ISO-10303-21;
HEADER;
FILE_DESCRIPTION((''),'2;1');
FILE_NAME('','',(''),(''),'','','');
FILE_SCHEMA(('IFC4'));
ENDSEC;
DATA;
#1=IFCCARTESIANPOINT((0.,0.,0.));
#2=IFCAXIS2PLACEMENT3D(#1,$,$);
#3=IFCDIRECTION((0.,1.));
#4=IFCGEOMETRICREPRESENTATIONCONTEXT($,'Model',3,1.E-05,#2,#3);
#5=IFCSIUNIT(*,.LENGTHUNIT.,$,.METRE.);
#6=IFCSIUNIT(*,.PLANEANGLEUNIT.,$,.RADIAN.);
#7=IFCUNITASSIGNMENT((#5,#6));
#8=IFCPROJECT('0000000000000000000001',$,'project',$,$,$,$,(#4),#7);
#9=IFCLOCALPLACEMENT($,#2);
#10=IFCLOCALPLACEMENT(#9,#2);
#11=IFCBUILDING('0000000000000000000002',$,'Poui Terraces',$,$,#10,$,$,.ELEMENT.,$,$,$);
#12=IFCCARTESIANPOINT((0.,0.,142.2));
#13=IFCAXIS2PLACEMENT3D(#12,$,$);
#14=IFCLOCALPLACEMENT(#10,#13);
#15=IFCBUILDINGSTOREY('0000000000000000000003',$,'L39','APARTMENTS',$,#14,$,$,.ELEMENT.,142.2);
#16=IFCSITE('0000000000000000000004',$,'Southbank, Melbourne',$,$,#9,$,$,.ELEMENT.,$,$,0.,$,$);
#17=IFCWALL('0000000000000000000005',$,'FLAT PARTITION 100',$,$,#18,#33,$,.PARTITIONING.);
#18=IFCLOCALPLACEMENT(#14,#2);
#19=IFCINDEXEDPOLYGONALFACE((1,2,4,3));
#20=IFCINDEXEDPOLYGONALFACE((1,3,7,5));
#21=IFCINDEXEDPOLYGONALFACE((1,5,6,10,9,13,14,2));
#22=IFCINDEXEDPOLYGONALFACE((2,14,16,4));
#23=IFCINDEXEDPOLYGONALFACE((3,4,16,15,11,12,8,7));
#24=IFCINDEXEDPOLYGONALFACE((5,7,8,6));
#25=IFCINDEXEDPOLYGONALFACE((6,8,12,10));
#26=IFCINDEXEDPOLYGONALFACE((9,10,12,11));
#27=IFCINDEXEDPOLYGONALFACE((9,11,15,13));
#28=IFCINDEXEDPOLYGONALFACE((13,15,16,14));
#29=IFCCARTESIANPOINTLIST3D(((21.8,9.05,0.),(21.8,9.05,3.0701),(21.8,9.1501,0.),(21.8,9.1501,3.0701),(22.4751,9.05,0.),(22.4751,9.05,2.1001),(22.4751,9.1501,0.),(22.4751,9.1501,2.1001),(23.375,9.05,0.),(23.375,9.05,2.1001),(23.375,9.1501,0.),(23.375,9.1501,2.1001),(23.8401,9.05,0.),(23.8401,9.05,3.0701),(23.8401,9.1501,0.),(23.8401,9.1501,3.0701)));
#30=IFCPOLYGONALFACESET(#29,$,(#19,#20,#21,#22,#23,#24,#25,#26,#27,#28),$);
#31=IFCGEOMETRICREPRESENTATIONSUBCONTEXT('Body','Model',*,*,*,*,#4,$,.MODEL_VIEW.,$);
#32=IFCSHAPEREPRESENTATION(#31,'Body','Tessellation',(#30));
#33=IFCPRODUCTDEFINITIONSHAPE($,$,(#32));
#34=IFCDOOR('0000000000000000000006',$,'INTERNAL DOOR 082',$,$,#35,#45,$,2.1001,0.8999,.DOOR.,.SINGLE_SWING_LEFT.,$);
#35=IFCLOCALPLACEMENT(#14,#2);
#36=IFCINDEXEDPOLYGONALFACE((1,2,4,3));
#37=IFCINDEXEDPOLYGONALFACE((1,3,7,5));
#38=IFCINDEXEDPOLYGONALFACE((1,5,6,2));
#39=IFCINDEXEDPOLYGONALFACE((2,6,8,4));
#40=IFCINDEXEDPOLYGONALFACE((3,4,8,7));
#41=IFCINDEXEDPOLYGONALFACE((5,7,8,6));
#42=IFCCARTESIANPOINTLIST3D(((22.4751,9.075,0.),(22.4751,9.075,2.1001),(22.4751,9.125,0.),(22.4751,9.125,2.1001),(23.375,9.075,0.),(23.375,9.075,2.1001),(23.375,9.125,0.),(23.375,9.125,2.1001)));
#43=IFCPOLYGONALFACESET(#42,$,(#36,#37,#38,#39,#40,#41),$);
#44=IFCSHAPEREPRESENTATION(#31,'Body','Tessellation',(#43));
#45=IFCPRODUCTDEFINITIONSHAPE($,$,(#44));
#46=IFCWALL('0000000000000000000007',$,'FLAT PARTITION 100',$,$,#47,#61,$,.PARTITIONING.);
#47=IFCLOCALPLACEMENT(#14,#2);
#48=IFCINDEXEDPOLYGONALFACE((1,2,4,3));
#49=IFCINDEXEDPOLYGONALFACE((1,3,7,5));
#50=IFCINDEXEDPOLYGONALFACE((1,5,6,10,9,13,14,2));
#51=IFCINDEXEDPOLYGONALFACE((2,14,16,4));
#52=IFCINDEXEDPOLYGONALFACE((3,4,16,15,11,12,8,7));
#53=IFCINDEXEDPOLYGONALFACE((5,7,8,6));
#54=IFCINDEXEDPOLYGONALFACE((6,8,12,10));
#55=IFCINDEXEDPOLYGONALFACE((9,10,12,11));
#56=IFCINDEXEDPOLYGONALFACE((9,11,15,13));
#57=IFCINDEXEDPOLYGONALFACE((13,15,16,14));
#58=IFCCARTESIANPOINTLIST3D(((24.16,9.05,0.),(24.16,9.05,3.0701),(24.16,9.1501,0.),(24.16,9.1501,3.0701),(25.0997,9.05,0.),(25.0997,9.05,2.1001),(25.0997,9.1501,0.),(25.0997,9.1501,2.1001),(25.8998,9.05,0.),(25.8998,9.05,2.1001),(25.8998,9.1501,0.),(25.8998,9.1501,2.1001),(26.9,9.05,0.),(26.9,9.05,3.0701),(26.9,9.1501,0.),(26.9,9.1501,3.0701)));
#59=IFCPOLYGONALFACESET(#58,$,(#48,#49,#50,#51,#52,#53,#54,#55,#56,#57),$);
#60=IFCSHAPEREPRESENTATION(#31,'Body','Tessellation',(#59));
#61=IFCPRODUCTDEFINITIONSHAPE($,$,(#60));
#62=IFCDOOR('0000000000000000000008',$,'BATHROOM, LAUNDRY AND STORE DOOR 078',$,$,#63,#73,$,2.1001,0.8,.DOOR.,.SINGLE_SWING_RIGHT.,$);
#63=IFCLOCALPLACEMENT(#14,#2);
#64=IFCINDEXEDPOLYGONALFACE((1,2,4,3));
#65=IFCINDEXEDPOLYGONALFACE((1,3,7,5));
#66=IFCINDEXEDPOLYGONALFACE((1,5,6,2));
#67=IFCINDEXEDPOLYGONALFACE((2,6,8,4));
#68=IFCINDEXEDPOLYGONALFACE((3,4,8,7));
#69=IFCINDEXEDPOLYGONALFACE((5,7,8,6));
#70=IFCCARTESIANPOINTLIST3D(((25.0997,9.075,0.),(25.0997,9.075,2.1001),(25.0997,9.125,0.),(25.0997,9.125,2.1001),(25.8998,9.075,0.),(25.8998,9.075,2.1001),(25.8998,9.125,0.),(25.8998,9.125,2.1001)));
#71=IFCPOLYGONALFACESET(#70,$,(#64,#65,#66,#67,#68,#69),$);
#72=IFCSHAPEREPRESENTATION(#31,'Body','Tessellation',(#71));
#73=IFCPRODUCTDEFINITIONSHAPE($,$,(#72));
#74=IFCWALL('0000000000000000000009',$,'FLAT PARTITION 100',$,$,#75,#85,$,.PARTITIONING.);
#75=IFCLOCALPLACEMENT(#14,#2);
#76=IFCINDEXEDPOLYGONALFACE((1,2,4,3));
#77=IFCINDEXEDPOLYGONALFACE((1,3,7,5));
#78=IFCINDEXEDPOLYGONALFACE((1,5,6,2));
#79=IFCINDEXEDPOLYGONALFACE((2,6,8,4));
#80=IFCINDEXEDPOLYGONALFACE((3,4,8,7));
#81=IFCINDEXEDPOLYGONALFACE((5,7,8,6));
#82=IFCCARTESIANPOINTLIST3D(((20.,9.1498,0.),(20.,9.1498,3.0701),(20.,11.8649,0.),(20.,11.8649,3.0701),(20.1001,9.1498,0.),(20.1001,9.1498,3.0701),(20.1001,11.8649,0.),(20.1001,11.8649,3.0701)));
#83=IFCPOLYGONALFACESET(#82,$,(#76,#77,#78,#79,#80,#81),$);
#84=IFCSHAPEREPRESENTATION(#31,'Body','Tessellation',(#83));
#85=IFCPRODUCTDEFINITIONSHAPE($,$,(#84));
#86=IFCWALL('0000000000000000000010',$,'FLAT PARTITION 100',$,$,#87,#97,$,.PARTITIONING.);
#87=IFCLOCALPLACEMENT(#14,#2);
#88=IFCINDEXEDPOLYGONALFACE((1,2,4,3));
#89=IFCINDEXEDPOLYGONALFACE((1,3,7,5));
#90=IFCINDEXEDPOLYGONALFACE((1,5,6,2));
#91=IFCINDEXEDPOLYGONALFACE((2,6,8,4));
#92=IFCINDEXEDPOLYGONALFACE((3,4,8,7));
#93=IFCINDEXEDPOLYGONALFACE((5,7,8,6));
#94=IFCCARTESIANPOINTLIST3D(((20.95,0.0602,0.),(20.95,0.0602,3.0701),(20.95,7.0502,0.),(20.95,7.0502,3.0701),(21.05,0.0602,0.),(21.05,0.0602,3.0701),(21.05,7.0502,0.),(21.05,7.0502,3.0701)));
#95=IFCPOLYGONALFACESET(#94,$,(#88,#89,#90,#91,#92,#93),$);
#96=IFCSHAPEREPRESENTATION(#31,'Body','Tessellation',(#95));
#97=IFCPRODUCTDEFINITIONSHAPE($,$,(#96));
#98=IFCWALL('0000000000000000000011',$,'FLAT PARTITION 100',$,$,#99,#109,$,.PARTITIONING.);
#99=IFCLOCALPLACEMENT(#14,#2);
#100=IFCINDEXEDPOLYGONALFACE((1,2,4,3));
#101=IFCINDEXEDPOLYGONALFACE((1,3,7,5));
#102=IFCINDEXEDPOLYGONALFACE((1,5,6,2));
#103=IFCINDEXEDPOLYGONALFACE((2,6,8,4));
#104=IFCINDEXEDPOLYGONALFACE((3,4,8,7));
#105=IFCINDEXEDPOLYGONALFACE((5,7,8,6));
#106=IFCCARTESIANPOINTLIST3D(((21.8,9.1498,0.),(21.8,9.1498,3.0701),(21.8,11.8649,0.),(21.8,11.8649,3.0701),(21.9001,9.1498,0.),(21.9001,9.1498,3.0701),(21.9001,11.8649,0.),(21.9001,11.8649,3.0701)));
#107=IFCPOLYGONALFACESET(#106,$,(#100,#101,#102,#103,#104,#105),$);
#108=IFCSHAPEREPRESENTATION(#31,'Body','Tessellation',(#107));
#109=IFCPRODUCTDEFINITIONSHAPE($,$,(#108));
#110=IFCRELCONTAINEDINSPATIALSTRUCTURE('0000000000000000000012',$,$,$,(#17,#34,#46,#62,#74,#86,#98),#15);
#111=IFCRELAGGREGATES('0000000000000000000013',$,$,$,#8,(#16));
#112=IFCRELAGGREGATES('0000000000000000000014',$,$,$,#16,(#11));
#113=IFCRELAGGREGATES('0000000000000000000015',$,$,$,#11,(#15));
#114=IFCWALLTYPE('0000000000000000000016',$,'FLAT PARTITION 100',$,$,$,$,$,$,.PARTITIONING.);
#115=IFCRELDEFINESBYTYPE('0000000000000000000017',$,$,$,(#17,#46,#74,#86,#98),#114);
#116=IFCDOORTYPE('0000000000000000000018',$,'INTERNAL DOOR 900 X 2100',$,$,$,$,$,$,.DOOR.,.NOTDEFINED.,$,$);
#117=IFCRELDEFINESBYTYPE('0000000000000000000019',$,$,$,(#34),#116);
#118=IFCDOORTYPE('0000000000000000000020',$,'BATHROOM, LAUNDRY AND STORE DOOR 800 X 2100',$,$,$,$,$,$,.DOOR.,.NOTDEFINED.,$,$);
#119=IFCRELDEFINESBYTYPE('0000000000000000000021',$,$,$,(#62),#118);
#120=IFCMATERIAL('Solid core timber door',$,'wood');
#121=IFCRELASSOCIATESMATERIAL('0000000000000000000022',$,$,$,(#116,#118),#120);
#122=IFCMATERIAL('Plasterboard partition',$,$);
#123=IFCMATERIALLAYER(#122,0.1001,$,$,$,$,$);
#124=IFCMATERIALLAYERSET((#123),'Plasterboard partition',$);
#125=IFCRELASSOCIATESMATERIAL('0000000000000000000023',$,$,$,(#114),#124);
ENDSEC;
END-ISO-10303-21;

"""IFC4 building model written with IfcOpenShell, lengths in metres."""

from ifc_helpers import new_model, si_unit, direction, frame, frame_2d, origin, place, context, subcontext, project, spatial, rectangle, extrude, material, layer, layer_set, type_object, element, fill, save


model = new_model("IFC4")

# Units and contexts
model_context = context("Model", 3, precision=1e-05, world=origin(), true_north=direction((0.0, 1.0)))
body_context = subcontext(model_context, "Body", "Model", "MODEL_VIEW")
ifc_project = project(units=[si_unit("LENGTHUNIT", "METRE"), si_unit("PLANEANGLEUNIT", "RADIAN")], contexts=[model_context])

# Site, building, storey
site_placement = place(None, origin())
site = spatial("IfcSite", under=ifc_project, at=site_placement, Name="Southbank, Melbourne", CompositionType="ELEMENT", RefElevation=0.0)
building_placement = place(site_placement, origin())
building = spatial("IfcBuilding", under=site, at=building_placement, Name="Poui Terraces", CompositionType="ELEMENT")
storey_placement = place(building_placement, frame((0.0, 0.0, 142.2)))
storey = spatial("IfcBuildingStorey", under=building, at=storey_placement, Name="L39", Description="APARTMENTS", CompositionType="ELEMENT", Elevation=142.2)

# Walls, openings, doors
ifc_material_1 = material(Name="Solid core timber door", Category="wood")
door_type_1 = type_object("IfcDoorType", Name="INTERNAL DOOR 900 X 2100", OperationType="NOTDEFINED", PredefinedType="DOOR", material=ifc_material_1)
ifc_material_2 = material(Name="Plasterboard partition")
ifc_layer_1 = layer(ifc_material_2, 0.1001)
ifc_layer_set_1 = layer_set([ifc_layer_1], Name="Plasterboard partition")
wall_type_1 = type_object("IfcWallType", Name="FLAT PARTITION 100", PredefinedType="PARTITIONING", material=ifc_layer_set_1)
door_type_2 = type_object("IfcDoorType", Name="BATHROOM, LAUNDRY AND STORE DOOR 800 X 2100", OperationType="NOTDEFINED", PredefinedType="DOOR", material=ifc_material_1)
wall_1_placement = place(storey_placement, frame((21.8, 9.1001, 0.0), z_axis=(0.0, 0.0, 1.0), x_axis=(1.0, 0.0, 0.0)))
wall_1 = element("IfcWall", 1, at=wall_1_placement, inside=storey, type_object=wall_type_1, Name="FLAT PARTITION 100", PredefinedType="PARTITIONING", context=body_context, shape_type="SweptSolid", body=[
    extrude(rectangle(XDim=2.04, YDim=0.1001, at=frame_2d((1.02, 0.0))), origin(), (0.0, 0.0, 1.0), 3.0701),
])
opening_1_placement = place(wall_1_placement, frame((0.675, 0.0, 0.0)))
opening_1 = element("IfcOpeningElement", 2, at=opening_1_placement, cuts=wall_1, PredefinedType="OPENING", context=body_context, shape_type="SweptSolid", body=[
    extrude(rectangle(XDim=0.8999, YDim=2.1001, at=frame_2d((0.45, 1.05))), frame((0.0, 0.0601, 0.0), z_axis=(0.0, -1.0, 0.0), x_axis=(1.0, 0.0, 0.0)), (0.0, 0.0, 1.0), 0.1201),
])
door_1_placement = place(opening_1_placement, origin())
door_1 = element("IfcDoor", 3, at=door_1_placement, inside=storey, type_object=door_type_1, Name="INTERNAL DOOR 082", OperationType="SINGLE_SWING_LEFT", OverallHeight=2.1001, OverallWidth=0.8999, PredefinedType="DOOR", context=body_context, shape_type="SweptSolid", body=[
    extrude(rectangle(XDim=0.8999, YDim=2.1001, at=frame_2d((0.45, 1.05))), frame((0.0, 0.0249, 0.0), z_axis=(0.0, -1.0, 0.0), x_axis=(1.0, 0.0, 0.0)), (0.0, 0.0, 1.0), 0.05),
])
fill(opening_1, door_1)
wall_2_placement = place(storey_placement, frame((24.1599, 9.1001, 0.0), z_axis=(0.0, 0.0, 1.0), x_axis=(1.0, 0.0, 0.0)))
wall_2 = element("IfcWall", 4, at=wall_2_placement, inside=storey, type_object=wall_type_1, Name="FLAT PARTITION 100", PredefinedType="PARTITIONING", context=body_context, shape_type="SweptSolid", body=[
    extrude(rectangle(XDim=2.74, YDim=0.1001, at=frame_2d((1.3701, 0.0))), origin(), (0.0, 0.0, 1.0), 3.0701),
])
opening_2_placement = place(wall_2_placement, frame((0.9399, 0.0, 0.0)))
opening_2 = element("IfcOpeningElement", 5, at=opening_2_placement, cuts=wall_2, PredefinedType="OPENING", context=body_context, shape_type="SweptSolid", body=[
    extrude(rectangle(XDim=0.8, YDim=2.1001, at=frame_2d((0.3999, 1.05))), frame((0.0, 0.0601, 0.0), z_axis=(0.0, -1.0, 0.0), x_axis=(1.0, 0.0, 0.0)), (0.0, 0.0, 1.0), 0.1201),
])
door_2_placement = place(opening_2_placement, origin())
door_2 = element("IfcDoor", 6, at=door_2_placement, inside=storey, type_object=door_type_2, Name="BATHROOM, LAUNDRY AND STORE DOOR 078", OperationType="SINGLE_SWING_RIGHT", OverallHeight=2.1001, OverallWidth=0.8, PredefinedType="DOOR", context=body_context, shape_type="SweptSolid", body=[
    extrude(rectangle(XDim=0.8, YDim=2.1001, at=frame_2d((0.3999, 1.05))), frame((0.0, 0.0249, 0.0), z_axis=(0.0, -1.0, 0.0), x_axis=(1.0, 0.0, 0.0)), (0.0, 0.0, 1.0), 0.05),
])
fill(opening_2, door_2)

# Walls
wall_3_placement = place(storey_placement, frame((20.05, 9.1499, 0.0), z_axis=(0.0, 0.0, 1.0), x_axis=(0.0, 1.0, 0.0)))
element("IfcWall", 7, at=wall_3_placement, inside=storey, type_object=wall_type_1, Name="FLAT PARTITION 100", PredefinedType="PARTITIONING", context=body_context, shape_type="SweptSolid", body=[
    extrude(rectangle(XDim=2.7151, YDim=0.1001, at=frame_2d((1.3574, 0.0))), origin(), (0.0, 0.0, 1.0), 3.0701),
])
wall_4_placement = place(storey_placement, frame((21.0, 0.0601, 0.0), z_axis=(0.0, 0.0, 1.0), x_axis=(0.0, 1.0, 0.0)))
element("IfcWall", 8, at=wall_4_placement, inside=storey, type_object=wall_type_1, Name="FLAT PARTITION 100", PredefinedType="PARTITIONING", context=body_context, shape_type="SweptSolid", body=[
    extrude(rectangle(XDim=6.99, YDim=0.1001, at=frame_2d((3.4951, 0.0))), origin(), (0.0, 0.0, 1.0), 3.0701),
])
wall_5_placement = place(storey_placement, frame((21.8501, 9.1499, 0.0), z_axis=(0.0, 0.0, 1.0), x_axis=(0.0, 1.0, 0.0)))
element("IfcWall", 9, at=wall_5_placement, inside=storey, type_object=wall_type_1, Name="FLAT PARTITION 100", PredefinedType="PARTITIONING", context=body_context, shape_type="SweptSolid", body=[
    extrude(rectangle(XDim=2.7151, YDim=0.1001, at=frame_2d((1.3574, 0.0))), origin(), (0.0, 0.0, 1.0), 3.0701),
])

save(model, "model.ifc")
